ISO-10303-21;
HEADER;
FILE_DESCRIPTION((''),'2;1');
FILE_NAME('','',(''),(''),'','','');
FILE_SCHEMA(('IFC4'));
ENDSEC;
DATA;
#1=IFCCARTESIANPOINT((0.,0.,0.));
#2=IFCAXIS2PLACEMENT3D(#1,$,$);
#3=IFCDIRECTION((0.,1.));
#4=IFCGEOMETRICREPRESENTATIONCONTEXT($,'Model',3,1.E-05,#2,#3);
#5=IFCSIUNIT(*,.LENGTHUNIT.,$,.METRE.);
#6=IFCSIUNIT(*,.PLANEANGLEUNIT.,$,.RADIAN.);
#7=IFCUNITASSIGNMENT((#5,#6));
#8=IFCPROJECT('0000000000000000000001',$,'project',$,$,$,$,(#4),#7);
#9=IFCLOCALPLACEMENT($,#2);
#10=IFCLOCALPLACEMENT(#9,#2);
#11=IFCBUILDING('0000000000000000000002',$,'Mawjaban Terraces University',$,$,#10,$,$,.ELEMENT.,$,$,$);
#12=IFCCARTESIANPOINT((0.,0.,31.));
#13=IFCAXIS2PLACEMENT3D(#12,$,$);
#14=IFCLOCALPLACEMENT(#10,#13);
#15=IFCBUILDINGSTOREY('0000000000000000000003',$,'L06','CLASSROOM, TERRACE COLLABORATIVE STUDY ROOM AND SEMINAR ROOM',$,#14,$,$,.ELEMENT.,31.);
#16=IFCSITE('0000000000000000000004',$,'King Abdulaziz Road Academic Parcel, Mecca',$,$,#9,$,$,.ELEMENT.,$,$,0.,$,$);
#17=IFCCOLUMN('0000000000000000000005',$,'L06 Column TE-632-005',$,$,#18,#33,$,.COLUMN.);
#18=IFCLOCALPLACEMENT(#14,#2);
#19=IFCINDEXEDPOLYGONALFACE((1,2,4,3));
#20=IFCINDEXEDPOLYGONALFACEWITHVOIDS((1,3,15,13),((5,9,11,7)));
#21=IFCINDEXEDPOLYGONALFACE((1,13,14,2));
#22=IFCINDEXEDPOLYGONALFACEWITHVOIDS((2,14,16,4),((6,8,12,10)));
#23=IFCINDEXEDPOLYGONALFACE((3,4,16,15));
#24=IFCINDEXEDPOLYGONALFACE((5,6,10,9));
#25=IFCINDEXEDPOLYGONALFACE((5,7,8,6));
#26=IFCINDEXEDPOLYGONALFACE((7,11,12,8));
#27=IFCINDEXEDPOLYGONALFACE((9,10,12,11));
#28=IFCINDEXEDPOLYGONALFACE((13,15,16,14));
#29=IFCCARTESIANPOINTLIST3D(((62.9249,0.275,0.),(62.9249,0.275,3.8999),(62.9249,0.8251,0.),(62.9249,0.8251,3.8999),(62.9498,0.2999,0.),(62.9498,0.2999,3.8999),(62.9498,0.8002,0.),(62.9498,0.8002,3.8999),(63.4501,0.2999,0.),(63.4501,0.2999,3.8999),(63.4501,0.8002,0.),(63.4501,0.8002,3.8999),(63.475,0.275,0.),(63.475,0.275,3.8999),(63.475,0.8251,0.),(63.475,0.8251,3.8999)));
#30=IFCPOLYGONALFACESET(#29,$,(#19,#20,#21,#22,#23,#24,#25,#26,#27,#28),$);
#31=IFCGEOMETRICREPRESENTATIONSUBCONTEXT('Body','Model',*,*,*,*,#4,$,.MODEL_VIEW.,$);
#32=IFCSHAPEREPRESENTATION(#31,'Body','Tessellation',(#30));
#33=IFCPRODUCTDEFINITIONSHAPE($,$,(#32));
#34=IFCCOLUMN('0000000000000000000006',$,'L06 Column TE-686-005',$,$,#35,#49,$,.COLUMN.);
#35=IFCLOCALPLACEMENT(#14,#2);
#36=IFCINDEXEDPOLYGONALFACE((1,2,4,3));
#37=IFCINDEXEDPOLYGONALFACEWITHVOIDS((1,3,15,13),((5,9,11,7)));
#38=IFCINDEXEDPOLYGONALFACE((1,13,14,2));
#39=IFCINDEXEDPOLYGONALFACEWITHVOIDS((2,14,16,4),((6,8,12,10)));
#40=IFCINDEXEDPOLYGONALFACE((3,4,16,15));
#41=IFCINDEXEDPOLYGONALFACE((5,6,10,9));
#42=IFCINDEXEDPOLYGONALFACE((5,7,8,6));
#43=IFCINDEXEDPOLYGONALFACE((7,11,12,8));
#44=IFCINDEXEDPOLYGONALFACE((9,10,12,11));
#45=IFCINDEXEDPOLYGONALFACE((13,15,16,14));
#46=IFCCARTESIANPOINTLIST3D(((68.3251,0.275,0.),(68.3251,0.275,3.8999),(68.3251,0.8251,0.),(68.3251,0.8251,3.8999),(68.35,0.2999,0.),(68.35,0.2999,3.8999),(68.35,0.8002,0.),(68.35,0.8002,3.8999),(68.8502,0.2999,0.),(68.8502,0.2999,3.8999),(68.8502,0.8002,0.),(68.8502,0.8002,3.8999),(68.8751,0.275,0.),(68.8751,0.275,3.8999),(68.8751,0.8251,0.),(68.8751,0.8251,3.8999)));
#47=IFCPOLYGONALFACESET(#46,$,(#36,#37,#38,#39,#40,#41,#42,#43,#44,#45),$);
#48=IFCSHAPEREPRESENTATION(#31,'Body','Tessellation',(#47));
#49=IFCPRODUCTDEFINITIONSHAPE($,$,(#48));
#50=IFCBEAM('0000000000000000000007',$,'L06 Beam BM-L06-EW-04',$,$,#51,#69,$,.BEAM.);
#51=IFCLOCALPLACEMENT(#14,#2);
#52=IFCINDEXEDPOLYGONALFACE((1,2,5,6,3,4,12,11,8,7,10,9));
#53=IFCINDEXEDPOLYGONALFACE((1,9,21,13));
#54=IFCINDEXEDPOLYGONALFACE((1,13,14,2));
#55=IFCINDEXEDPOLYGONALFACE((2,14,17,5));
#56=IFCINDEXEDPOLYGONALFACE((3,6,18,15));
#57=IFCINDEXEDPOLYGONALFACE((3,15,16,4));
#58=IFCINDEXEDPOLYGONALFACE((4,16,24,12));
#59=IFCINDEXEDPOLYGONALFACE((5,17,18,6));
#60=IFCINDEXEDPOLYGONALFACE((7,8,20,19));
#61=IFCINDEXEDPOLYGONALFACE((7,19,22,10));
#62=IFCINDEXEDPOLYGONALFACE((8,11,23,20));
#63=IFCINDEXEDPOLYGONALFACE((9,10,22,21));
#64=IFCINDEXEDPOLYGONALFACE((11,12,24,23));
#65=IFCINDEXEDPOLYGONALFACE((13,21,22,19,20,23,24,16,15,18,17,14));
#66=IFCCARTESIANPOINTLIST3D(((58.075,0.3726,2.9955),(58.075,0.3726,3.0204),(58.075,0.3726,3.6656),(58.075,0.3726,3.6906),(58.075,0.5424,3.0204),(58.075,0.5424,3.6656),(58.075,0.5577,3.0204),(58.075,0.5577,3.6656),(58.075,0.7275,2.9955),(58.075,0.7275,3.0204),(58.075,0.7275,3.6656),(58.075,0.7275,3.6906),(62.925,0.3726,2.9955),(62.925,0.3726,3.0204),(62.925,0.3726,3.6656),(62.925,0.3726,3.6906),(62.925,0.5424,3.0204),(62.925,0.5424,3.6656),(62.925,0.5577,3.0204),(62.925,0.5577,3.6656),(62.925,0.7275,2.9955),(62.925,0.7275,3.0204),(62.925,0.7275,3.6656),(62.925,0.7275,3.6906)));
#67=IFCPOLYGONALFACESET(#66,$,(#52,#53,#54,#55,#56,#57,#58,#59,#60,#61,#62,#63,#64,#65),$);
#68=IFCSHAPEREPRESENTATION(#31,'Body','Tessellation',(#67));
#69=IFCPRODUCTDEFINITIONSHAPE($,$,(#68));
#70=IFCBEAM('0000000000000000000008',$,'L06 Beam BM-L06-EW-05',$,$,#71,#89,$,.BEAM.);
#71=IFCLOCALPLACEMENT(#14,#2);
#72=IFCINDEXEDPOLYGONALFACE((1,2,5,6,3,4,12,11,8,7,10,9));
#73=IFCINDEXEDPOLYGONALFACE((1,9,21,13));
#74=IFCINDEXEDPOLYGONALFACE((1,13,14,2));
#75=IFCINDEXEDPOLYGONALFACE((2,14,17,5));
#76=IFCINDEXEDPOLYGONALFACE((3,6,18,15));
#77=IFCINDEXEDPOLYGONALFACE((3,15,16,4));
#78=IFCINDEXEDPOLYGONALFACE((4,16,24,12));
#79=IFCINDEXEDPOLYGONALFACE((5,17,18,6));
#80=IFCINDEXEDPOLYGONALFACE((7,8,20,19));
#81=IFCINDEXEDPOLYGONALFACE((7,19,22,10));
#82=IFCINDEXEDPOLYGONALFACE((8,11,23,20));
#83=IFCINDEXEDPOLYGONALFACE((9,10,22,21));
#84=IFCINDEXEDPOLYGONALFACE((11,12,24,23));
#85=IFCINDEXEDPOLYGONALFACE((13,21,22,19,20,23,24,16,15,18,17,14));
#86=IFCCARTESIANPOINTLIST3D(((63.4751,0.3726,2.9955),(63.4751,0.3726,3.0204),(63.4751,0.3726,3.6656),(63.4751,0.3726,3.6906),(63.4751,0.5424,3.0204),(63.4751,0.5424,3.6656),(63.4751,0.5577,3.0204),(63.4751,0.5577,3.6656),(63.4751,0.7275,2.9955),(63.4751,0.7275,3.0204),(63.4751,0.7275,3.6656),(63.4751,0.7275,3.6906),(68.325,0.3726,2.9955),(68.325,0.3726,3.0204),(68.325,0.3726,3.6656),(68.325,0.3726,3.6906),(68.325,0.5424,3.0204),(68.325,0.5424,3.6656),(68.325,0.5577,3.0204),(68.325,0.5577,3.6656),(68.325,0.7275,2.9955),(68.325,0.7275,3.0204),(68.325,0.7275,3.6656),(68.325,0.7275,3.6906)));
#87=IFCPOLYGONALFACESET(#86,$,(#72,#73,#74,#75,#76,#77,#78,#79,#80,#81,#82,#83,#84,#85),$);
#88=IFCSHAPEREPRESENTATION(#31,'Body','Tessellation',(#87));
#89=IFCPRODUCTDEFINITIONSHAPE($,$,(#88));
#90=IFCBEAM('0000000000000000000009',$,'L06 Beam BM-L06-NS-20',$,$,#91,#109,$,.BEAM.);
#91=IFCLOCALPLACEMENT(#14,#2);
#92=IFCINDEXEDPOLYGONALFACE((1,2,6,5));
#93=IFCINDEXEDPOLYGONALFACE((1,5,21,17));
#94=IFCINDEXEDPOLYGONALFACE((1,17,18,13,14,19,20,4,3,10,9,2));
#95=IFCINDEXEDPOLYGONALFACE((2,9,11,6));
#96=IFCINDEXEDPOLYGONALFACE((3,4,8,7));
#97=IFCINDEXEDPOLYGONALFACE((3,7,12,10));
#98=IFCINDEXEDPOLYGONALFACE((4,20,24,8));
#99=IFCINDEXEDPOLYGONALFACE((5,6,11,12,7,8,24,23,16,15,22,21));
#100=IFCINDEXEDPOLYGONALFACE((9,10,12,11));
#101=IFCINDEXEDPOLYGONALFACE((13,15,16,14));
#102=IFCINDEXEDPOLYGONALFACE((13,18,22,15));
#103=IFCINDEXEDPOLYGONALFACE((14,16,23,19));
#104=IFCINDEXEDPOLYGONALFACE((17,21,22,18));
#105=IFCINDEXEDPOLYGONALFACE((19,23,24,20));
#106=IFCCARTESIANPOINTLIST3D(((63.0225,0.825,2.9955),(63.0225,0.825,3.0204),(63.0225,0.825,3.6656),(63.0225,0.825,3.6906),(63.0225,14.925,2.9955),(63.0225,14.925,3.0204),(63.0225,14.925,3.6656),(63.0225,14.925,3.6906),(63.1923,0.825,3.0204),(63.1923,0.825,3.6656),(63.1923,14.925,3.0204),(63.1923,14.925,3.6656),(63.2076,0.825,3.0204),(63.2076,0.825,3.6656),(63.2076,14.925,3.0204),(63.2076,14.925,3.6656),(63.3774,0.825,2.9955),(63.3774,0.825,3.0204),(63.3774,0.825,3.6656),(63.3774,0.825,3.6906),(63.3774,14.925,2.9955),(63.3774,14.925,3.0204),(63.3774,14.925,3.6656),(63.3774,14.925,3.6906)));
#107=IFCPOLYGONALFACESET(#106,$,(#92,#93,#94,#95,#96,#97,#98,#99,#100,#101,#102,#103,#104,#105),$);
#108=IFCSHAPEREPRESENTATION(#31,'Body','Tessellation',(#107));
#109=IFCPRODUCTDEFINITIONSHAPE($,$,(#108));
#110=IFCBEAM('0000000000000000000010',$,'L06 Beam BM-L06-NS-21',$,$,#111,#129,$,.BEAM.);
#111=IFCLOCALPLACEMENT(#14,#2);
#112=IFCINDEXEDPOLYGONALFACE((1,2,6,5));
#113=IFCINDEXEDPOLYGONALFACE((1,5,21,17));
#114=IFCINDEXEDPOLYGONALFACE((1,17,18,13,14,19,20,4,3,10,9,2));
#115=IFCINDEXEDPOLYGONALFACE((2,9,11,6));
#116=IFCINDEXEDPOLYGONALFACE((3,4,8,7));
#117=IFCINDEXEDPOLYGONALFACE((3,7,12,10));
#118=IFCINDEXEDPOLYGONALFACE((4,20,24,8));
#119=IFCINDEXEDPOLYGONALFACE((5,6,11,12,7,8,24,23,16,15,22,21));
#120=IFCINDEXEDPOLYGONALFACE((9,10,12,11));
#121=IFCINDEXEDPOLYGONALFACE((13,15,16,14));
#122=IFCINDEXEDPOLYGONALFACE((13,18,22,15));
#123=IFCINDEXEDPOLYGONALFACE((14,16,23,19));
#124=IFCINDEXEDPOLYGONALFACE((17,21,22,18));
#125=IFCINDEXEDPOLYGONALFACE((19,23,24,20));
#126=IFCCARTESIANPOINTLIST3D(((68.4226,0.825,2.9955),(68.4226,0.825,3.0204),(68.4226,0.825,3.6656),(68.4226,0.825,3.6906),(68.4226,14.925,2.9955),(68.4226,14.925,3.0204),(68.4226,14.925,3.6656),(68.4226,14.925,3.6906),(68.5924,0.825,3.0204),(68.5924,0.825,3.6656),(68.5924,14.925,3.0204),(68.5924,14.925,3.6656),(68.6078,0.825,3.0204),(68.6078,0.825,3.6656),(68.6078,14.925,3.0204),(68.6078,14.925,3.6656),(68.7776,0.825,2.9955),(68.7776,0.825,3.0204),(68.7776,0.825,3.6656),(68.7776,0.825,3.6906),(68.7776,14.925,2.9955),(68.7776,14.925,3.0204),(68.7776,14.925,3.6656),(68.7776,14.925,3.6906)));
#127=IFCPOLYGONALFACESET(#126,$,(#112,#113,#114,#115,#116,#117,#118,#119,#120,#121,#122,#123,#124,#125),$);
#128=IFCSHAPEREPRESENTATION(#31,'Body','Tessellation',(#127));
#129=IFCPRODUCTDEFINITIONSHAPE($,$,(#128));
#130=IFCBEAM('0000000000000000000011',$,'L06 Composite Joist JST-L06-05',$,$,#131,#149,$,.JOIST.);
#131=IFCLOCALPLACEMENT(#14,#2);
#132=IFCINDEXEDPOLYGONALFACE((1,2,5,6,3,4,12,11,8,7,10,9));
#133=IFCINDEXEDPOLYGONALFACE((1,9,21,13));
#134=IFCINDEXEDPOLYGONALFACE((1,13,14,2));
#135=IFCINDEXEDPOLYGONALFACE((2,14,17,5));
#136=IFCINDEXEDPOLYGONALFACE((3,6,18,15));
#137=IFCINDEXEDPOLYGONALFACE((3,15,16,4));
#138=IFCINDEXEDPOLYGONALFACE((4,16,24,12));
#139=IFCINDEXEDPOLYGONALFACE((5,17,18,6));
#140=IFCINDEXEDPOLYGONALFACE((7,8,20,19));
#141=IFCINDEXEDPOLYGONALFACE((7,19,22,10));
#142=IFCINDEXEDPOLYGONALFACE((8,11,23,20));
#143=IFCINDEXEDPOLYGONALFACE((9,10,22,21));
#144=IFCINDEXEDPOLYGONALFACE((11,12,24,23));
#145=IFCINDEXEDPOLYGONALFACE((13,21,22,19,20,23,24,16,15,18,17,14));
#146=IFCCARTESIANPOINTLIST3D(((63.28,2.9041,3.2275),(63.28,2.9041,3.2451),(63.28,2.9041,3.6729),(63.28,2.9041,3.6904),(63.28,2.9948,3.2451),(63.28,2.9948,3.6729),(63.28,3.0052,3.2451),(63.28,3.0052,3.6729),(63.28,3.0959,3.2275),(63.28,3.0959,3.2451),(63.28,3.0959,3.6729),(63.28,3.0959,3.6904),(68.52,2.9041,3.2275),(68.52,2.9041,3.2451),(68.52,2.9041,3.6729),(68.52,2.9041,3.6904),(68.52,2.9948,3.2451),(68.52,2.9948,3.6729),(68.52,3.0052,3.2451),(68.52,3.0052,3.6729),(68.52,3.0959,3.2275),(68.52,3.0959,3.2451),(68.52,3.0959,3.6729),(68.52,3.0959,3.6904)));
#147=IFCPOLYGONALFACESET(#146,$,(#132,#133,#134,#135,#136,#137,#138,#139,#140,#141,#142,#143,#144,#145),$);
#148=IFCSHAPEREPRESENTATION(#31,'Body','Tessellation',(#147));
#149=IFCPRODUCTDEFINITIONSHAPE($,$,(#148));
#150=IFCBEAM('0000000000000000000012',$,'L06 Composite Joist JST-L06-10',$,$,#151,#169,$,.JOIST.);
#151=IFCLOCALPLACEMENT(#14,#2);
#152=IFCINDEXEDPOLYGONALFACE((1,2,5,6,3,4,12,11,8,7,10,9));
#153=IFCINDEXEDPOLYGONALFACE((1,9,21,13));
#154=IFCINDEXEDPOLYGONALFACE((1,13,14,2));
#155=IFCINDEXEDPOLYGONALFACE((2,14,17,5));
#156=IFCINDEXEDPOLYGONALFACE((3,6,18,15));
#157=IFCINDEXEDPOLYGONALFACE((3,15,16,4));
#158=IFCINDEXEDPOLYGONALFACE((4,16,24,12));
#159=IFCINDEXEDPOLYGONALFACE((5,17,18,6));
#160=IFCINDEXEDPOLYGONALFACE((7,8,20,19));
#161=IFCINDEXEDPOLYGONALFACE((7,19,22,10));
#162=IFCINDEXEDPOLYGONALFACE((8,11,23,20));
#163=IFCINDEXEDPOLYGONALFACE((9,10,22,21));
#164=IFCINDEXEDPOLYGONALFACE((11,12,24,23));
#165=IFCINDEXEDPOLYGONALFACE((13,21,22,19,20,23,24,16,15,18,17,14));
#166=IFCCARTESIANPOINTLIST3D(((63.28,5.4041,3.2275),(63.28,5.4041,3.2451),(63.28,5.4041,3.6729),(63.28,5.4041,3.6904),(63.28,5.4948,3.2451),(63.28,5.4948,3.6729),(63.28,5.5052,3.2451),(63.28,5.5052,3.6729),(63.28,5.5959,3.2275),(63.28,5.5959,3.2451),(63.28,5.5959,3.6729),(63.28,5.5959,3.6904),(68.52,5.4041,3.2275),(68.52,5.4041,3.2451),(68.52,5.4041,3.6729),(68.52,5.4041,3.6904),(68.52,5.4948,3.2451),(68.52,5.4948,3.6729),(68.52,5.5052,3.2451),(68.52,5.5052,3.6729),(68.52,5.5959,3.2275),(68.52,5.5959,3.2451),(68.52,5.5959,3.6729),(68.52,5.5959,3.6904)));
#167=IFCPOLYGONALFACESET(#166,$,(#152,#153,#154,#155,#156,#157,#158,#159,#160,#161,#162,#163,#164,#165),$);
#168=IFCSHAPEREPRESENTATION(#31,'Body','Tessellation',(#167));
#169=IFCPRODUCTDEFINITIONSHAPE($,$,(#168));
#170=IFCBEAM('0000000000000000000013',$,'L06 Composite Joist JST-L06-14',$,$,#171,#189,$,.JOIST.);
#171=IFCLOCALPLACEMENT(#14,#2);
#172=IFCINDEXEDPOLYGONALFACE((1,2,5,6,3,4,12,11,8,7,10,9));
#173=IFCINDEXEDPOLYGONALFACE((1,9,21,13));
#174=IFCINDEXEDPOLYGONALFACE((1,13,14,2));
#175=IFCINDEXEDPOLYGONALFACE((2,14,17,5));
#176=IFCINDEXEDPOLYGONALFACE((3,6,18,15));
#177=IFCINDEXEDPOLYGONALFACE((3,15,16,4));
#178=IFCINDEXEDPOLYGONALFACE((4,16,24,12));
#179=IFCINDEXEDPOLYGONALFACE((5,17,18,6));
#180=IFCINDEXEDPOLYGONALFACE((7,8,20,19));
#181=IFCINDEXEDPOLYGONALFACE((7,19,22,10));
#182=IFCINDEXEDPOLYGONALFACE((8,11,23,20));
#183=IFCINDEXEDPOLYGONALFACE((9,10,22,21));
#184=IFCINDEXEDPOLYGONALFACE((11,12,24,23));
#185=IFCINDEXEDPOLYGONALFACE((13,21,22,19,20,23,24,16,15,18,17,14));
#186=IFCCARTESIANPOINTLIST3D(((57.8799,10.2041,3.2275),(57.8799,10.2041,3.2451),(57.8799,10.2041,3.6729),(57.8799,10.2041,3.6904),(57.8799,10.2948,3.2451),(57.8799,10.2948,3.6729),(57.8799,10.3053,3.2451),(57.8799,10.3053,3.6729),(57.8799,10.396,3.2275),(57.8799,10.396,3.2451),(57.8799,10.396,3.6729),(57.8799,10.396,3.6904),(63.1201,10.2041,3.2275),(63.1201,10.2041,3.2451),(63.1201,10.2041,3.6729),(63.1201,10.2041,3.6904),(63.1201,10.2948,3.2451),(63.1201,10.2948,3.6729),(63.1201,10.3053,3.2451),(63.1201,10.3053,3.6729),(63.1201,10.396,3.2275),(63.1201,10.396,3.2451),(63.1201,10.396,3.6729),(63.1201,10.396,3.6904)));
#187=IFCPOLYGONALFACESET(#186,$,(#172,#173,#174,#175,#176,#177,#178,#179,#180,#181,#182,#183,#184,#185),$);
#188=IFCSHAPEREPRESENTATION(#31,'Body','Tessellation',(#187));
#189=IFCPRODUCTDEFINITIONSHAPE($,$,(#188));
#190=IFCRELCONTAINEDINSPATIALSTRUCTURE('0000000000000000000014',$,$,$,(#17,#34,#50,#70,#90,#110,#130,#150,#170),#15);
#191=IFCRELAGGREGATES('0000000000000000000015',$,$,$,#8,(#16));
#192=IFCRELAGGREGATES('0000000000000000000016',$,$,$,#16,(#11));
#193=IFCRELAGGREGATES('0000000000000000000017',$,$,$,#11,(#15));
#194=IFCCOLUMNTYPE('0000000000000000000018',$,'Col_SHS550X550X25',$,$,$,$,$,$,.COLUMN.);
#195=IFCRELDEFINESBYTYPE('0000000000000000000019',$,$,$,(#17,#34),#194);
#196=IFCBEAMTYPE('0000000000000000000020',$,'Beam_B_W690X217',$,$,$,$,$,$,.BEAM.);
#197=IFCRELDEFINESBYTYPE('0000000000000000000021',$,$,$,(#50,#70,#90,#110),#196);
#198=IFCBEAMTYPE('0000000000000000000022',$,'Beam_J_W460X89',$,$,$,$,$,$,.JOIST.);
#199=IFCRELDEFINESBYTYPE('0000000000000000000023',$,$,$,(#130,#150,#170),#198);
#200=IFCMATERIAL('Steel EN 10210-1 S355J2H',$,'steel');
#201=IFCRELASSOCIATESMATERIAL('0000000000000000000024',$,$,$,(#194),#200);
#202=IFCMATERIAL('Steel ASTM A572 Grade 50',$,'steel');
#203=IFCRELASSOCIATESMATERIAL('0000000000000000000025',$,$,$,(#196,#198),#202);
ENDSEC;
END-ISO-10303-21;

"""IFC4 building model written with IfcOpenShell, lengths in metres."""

from ifc_helpers import new_model, si_unit, direction, frame, origin, origin_2d, place, context, subcontext, project, spatial, hollow_rectangle, i_section, extrude, material, material_profile, profile_set, type_object, element, save


model = new_model("IFC4")

# Units and contexts
model_context = context("Model", 3, precision=1e-05, world=origin(), true_north=direction((0.0, 1.0)))
body_context = subcontext(model_context, "Body", "Model", "MODEL_VIEW")
ifc_project = project(units=[si_unit("LENGTHUNIT", "METRE"), si_unit("PLANEANGLEUNIT", "RADIAN")], contexts=[model_context])

# Site, building, storey
site_placement = place(None, origin())
site = spatial("IfcSite", under=ifc_project, at=site_placement, Name="King Abdulaziz Road Academic Parcel, Mecca", CompositionType="ELEMENT", RefElevation=0.0)
building_placement = place(site_placement, origin())
building = spatial("IfcBuilding", under=site, at=building_placement, Name="Mawjaban Terraces University", CompositionType="ELEMENT")
storey_placement = place(building_placement, frame((0.0, 0.0, 31.0)))
storey = spatial("IfcBuildingStorey", under=building, at=storey_placement, Name="L06", Description="CLASSROOM, TERRACE COLLABORATIVE STUDY ROOM AND SEMINAR ROOM", CompositionType="ELEMENT", Elevation=31.0)

# Columns
ifc_material_1 = material(Name="Steel EN 10210-1 S355J2H", Category="steel")
ifc_material_profile_1 = material_profile(ifc_material_1, hollow_rectangle(XDim=0.55, YDim=0.55, WallThickness=0.0249, at=origin_2d()), Name="SHS550X550X25")
ifc_profile_set_1 = profile_set([ifc_material_profile_1], Name="Steel EN 10210-1 S355J2H")
column_type = type_object("IfcColumnType", Name="Col_SHS550X550X25", PredefinedType="COLUMN", material=ifc_profile_set_1)
for number, where, z_axis, x_axis, name in (
    (1, (63.2, 0.55, 0.0), (0.0, 0.0, 1.0), (1.0, 0.0, 0.0), "L06 Column TE-632-005"),
    (2, (68.6001, 0.55, 0.0), (0.0, 0.0, 1.0), (1.0, 0.0, 0.0), "L06 Column TE-686-005"),
):
    element("IfcColumn", number, at=place(storey_placement, frame(where, z_axis=z_axis, x_axis=x_axis)), inside=storey, type_object=column_type, Name=name, PredefinedType="COLUMN", context=body_context, shape_type="SweptSolid", body=[
        extrude(hollow_rectangle(XDim=0.55, YDim=0.55, WallThickness=0.0249, at=origin_2d()), origin(), (0.0, 0.0, 1.0), 3.8999),
    ])

# Beams
ifc_material_2 = material(Name="Steel ASTM A572 Grade 50", Category="steel")
ifc_material_profile_2 = material_profile(ifc_material_2, i_section(OverallWidth=0.355, OverallDepth=0.6951, WebThickness=0.0154, FlangeThickness=0.0249, at=origin_2d()), Name="W690X217")
ifc_profile_set_2 = profile_set([ifc_material_profile_2], Name="Steel ASTM A572 Grade 50")
beam_type_1 = type_object("IfcBeamType", Name="Beam_B_W690X217", PredefinedType="BEAM", material=ifc_profile_set_2)
beam_1_placement = place(storey_placement, frame((58.075, 0.55, 3.343), z_axis=(1.0, 0.0, 0.0), x_axis=(0.0, 1.0, 0.0)))
element("IfcBeam", 3, at=beam_1_placement, inside=storey, type_object=beam_type_1, Name="L06 Beam BM-L06-EW-04", PredefinedType="BEAM", context=body_context, shape_type="SweptSolid", body=[
    extrude(i_section(OverallWidth=0.355, OverallDepth=0.6951, WebThickness=0.0154, FlangeThickness=0.0249, at=origin_2d()), origin(), (0.0, 0.0, 1.0), 4.8501),
])
beam_2_placement = place(storey_placement, frame((63.4751, 0.55, 3.343), z_axis=(1.0, 0.0, 0.0), x_axis=(0.0, 1.0, 0.0)))
element("IfcBeam", 4, at=beam_2_placement, inside=storey, type_object=beam_type_1, Name="L06 Beam BM-L06-EW-05", PredefinedType="BEAM", context=body_context, shape_type="SweptSolid", body=[
    extrude(i_section(OverallWidth=0.355, OverallDepth=0.6951, WebThickness=0.0154, FlangeThickness=0.0249, at=origin_2d()), origin(), (0.0, 0.0, 1.0), 4.8499),
])
for number, where, z_axis, x_axis, name in (
    (5, (63.2, 0.825, 3.343), (0.0, 1.0, 0.0), (-1.0, 0.0, 0.0), "L06 Beam BM-L06-NS-20"),
    (6, (68.6001, 0.825, 3.343), (0.0, 1.0, 0.0), (-1.0, 0.0, 0.0), "L06 Beam BM-L06-NS-21"),
):
    element("IfcBeam", number, at=place(storey_placement, frame(where, z_axis=z_axis, x_axis=x_axis)), inside=storey, type_object=beam_type_1, Name=name, PredefinedType="BEAM", context=body_context, shape_type="SweptSolid", body=[
        extrude(i_section(OverallWidth=0.355, OverallDepth=0.6951, WebThickness=0.0154, FlangeThickness=0.0249, at=origin_2d()), origin(), (0.0, 0.0, 1.0), 14.1001),
    ])
ifc_material_profile_3 = material_profile(ifc_material_2, i_section(OverallWidth=0.1919, OverallDepth=0.4629, WebThickness=0.0105, FlangeThickness=0.0176, at=origin_2d()), Name="W460X89")
ifc_profile_set_3 = profile_set([ifc_material_profile_3], Name="Steel ASTM A572 Grade 50")
beam_type_2 = type_object("IfcBeamType", Name="Beam_J_W460X89", PredefinedType="JOIST", material=ifc_profile_set_3)
for number, where, z_axis, x_axis, name in (
    (7, (63.28, 3.0, 3.459), (1.0, 0.0, 0.0), (0.0, 1.0, 0.0), "L06 Composite Joist JST-L06-05"),
    (8, (63.28, 5.5, 3.459), (1.0, 0.0, 0.0), (0.0, 1.0, 0.0), "L06 Composite Joist JST-L06-10"),
):
    element("IfcBeam", number, at=place(storey_placement, frame(where, z_axis=z_axis, x_axis=x_axis)), inside=storey, type_object=beam_type_2, Name=name, PredefinedType="JOIST", context=body_context, shape_type="SweptSolid", body=[
        extrude(i_section(OverallWidth=0.1919, OverallDepth=0.4629, WebThickness=0.0105, FlangeThickness=0.0176, at=origin_2d()), origin(), (0.0, 0.0, 1.0), 5.24),
    ])
beam_3_placement = place(storey_placement, frame((57.8799, 10.3, 3.459), z_axis=(1.0, 0.0, 0.0), x_axis=(0.0, 1.0, 0.0)))
element("IfcBeam", 9, at=beam_3_placement, inside=storey, type_object=beam_type_2, Name="L06 Composite Joist JST-L06-14", PredefinedType="JOIST", context=body_context, shape_type="SweptSolid", body=[
    extrude(i_section(OverallWidth=0.1919, OverallDepth=0.4629, WebThickness=0.0105, FlangeThickness=0.0176, at=origin_2d()), origin(), (0.0, 0.0, 1.0), 5.2402),
])

save(model, "model.ifc")
